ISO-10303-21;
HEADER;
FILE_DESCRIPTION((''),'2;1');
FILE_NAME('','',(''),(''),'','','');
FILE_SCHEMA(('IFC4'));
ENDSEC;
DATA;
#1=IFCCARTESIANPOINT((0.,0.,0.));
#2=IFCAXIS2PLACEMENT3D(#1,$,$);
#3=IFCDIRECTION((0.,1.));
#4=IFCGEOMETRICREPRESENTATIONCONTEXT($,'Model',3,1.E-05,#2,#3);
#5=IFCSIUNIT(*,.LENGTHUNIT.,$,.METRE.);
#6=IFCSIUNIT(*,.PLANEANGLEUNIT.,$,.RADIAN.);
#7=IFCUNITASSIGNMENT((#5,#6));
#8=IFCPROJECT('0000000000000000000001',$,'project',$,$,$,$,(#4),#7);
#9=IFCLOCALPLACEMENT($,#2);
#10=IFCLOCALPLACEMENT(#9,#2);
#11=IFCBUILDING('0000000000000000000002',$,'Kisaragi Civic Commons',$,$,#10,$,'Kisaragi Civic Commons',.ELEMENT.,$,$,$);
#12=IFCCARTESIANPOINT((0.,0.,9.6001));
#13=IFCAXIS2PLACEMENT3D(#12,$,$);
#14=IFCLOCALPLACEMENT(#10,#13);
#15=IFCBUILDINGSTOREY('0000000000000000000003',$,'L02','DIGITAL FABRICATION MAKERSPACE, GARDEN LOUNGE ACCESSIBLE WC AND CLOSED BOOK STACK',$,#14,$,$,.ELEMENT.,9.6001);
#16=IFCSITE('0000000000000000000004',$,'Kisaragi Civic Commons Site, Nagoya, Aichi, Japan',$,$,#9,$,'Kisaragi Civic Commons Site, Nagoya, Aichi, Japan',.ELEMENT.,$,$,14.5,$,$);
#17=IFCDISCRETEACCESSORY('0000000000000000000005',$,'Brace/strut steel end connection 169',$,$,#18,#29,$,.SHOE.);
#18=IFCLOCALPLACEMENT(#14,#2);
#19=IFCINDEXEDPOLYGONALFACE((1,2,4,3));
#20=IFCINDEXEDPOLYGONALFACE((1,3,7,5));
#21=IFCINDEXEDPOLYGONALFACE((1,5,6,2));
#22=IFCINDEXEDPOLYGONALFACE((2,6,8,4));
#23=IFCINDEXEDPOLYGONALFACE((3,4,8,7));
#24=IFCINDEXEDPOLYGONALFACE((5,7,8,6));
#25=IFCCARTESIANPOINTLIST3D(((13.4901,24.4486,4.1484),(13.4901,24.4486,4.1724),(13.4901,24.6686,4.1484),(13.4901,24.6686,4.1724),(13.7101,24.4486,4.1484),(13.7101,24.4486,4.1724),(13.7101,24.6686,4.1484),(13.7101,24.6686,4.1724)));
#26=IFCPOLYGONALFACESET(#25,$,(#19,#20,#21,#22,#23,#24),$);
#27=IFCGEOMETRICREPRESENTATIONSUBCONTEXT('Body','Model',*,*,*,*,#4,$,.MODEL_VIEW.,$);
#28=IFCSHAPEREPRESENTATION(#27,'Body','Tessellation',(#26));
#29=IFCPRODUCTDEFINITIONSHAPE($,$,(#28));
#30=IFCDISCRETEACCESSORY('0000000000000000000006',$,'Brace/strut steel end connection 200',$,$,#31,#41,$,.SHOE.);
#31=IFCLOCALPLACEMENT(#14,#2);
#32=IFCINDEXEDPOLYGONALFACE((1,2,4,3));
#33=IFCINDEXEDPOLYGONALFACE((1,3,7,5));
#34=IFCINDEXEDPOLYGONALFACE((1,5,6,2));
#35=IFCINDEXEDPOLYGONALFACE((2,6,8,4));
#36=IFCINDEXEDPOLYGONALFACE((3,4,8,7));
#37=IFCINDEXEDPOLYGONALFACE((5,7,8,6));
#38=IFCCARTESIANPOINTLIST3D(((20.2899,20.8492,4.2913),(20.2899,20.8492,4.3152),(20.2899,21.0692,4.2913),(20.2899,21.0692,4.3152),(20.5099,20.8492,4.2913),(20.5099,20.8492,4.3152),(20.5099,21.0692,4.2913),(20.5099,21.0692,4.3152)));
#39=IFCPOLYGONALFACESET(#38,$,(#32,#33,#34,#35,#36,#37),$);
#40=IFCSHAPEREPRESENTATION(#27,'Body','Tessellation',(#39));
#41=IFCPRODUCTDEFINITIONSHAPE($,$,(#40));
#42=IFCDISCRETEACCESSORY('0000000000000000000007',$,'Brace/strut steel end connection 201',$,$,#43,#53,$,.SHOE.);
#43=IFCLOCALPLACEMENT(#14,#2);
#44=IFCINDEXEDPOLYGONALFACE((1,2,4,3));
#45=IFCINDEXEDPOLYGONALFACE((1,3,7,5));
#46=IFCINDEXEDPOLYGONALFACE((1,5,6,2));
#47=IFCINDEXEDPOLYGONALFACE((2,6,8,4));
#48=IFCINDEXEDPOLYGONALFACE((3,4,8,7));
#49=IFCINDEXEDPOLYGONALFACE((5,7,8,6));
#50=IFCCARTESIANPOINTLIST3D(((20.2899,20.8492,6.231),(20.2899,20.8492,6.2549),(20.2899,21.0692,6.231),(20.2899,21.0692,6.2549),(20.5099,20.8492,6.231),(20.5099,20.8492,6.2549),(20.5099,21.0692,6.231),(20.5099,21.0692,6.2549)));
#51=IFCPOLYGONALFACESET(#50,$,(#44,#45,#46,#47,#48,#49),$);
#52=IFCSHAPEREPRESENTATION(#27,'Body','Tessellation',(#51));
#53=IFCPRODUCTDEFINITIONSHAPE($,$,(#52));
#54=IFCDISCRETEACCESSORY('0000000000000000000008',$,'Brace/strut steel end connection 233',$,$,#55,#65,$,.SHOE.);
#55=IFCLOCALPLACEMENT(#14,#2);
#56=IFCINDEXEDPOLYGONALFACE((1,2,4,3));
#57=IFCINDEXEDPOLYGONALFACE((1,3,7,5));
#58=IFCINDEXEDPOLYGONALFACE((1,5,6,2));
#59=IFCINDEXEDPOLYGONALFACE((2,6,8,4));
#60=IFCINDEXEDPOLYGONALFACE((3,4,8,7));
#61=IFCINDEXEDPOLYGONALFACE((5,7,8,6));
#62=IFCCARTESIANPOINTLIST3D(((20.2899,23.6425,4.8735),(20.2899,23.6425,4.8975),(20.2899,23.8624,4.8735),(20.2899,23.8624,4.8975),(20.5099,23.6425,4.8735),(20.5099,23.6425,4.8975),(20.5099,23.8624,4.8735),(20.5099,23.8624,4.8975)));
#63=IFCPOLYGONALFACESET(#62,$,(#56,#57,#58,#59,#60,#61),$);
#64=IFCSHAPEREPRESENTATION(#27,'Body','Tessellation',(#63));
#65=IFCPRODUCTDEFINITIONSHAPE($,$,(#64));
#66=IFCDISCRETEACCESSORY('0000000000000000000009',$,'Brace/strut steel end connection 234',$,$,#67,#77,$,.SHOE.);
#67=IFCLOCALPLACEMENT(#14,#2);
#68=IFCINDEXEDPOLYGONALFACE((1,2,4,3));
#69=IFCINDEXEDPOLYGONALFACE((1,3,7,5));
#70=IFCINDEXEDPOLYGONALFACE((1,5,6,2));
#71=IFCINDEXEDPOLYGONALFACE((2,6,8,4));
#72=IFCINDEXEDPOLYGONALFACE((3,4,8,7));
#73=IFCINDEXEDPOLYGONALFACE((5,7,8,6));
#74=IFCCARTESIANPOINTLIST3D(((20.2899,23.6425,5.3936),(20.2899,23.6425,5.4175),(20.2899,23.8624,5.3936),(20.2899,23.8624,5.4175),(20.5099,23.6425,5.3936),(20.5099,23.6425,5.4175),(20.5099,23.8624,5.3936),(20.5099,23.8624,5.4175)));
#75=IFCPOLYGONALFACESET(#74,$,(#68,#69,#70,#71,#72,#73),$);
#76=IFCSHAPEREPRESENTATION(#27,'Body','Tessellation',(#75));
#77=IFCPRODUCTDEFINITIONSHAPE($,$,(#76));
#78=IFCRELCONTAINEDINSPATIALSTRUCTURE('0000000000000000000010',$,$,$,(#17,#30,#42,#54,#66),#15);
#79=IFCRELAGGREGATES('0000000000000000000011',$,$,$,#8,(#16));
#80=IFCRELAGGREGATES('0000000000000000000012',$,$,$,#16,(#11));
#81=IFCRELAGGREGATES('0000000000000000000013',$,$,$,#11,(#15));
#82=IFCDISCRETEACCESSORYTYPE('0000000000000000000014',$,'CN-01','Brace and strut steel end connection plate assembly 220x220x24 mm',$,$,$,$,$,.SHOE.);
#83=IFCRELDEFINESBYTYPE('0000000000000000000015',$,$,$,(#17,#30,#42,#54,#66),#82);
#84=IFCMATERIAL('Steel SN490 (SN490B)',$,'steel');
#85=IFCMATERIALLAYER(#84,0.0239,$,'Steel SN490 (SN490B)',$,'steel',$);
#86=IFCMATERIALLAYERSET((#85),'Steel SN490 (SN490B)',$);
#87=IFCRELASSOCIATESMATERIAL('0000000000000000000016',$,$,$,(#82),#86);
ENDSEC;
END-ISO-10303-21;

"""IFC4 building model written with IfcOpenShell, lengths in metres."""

from ifc_helpers import new_model, si_unit, direction, frame, origin, origin_2d, place, context, subcontext, project, spatial, rectangle, extrude, material, layer, layer_set, type_object, element, save


model = new_model("IFC4")

# Units and contexts
model_context = context("Model", 3, precision=1e-05, world=origin(), true_north=direction((0.0, 1.0)))
body_context = subcontext(model_context, "Body", "Model", "MODEL_VIEW")
ifc_project = project(units=[si_unit("LENGTHUNIT", "METRE"), si_unit("PLANEANGLEUNIT", "RADIAN")], contexts=[model_context])

# Site, building, storey
site_placement = place(None, origin())
site = spatial("IfcSite", under=ifc_project, at=site_placement, Name="Kisaragi Civic Commons Site, Nagoya, Aichi, Japan", LongName="Kisaragi Civic Commons Site, Nagoya, Aichi, Japan", CompositionType="ELEMENT", RefElevation=14.5)
building_placement = place(site_placement, origin())
building = spatial("IfcBuilding", under=site, at=building_placement, Name="Kisaragi Civic Commons", LongName="Kisaragi Civic Commons", CompositionType="ELEMENT")
storey_placement = place(building_placement, frame((0.0, 0.0, 9.6001)))
storey = spatial("IfcBuildingStorey", under=building, at=storey_placement, Name="L02", Description="DIGITAL FABRICATION MAKERSPACE, GARDEN LOUNGE ACCESSIBLE WC AND CLOSED BOOK STACK", CompositionType="ELEMENT", Elevation=9.6001)

# Shared definitions
ifc_material_1 = material(Name="Steel SN490 (SN490B)", Category="steel")

# Discrete accessories
ifc_layer_1 = layer(ifc_material_1, 0.0239, Name="Steel SN490 (SN490B)", Category="steel")
ifc_layer_set_1 = layer_set([ifc_layer_1], Name="Steel SN490 (SN490B)")
discrete_accessory_type = type_object("IfcDiscreteAccessoryType", Name="CN-01", Description="Brace and strut steel end connection plate assembly 220x220x24 mm", PredefinedType="SHOE", material=ifc_layer_set_1)
for number, where, z_axis, x_axis, name in (
    (1, (13.6001, 24.5586, 4.1484), (0.0, 0.0, 1.0), (1.0, 0.0, 0.0), "Brace/strut steel end connection 169"),
    (2, (20.3999, 20.9592, 4.2913), (0.0, 0.0, 1.0), (1.0, 0.0, 0.0), "Brace/strut steel end connection 200"),
    (3, (20.3999, 20.9592, 6.231), (0.0, 0.0, 1.0), (1.0, 0.0, 0.0), "Brace/strut steel end connection 201"),
    (4, (20.3999, 23.7524, 4.8735), (0.0, 0.0, 1.0), (1.0, 0.0, 0.0), "Brace/strut steel end connection 233"),
    (5, (20.3999, 23.7524, 5.3936), (0.0, 0.0, 1.0), (1.0, 0.0, 0.0), "Brace/strut steel end connection 234"),
):
    element("IfcDiscreteAccessory", number, at=place(storey_placement, frame(where, z_axis=z_axis, x_axis=x_axis)), inside=storey, type_object=discrete_accessory_type, Name=name, PredefinedType="SHOE", context=body_context, shape_type="SweptSolid", body=[
        extrude(rectangle(XDim=0.22, YDim=0.22, at=origin_2d()), origin(), (0.0, 0.0, 1.0), 0.0239),
    ])

save(model, "model.ifc")
